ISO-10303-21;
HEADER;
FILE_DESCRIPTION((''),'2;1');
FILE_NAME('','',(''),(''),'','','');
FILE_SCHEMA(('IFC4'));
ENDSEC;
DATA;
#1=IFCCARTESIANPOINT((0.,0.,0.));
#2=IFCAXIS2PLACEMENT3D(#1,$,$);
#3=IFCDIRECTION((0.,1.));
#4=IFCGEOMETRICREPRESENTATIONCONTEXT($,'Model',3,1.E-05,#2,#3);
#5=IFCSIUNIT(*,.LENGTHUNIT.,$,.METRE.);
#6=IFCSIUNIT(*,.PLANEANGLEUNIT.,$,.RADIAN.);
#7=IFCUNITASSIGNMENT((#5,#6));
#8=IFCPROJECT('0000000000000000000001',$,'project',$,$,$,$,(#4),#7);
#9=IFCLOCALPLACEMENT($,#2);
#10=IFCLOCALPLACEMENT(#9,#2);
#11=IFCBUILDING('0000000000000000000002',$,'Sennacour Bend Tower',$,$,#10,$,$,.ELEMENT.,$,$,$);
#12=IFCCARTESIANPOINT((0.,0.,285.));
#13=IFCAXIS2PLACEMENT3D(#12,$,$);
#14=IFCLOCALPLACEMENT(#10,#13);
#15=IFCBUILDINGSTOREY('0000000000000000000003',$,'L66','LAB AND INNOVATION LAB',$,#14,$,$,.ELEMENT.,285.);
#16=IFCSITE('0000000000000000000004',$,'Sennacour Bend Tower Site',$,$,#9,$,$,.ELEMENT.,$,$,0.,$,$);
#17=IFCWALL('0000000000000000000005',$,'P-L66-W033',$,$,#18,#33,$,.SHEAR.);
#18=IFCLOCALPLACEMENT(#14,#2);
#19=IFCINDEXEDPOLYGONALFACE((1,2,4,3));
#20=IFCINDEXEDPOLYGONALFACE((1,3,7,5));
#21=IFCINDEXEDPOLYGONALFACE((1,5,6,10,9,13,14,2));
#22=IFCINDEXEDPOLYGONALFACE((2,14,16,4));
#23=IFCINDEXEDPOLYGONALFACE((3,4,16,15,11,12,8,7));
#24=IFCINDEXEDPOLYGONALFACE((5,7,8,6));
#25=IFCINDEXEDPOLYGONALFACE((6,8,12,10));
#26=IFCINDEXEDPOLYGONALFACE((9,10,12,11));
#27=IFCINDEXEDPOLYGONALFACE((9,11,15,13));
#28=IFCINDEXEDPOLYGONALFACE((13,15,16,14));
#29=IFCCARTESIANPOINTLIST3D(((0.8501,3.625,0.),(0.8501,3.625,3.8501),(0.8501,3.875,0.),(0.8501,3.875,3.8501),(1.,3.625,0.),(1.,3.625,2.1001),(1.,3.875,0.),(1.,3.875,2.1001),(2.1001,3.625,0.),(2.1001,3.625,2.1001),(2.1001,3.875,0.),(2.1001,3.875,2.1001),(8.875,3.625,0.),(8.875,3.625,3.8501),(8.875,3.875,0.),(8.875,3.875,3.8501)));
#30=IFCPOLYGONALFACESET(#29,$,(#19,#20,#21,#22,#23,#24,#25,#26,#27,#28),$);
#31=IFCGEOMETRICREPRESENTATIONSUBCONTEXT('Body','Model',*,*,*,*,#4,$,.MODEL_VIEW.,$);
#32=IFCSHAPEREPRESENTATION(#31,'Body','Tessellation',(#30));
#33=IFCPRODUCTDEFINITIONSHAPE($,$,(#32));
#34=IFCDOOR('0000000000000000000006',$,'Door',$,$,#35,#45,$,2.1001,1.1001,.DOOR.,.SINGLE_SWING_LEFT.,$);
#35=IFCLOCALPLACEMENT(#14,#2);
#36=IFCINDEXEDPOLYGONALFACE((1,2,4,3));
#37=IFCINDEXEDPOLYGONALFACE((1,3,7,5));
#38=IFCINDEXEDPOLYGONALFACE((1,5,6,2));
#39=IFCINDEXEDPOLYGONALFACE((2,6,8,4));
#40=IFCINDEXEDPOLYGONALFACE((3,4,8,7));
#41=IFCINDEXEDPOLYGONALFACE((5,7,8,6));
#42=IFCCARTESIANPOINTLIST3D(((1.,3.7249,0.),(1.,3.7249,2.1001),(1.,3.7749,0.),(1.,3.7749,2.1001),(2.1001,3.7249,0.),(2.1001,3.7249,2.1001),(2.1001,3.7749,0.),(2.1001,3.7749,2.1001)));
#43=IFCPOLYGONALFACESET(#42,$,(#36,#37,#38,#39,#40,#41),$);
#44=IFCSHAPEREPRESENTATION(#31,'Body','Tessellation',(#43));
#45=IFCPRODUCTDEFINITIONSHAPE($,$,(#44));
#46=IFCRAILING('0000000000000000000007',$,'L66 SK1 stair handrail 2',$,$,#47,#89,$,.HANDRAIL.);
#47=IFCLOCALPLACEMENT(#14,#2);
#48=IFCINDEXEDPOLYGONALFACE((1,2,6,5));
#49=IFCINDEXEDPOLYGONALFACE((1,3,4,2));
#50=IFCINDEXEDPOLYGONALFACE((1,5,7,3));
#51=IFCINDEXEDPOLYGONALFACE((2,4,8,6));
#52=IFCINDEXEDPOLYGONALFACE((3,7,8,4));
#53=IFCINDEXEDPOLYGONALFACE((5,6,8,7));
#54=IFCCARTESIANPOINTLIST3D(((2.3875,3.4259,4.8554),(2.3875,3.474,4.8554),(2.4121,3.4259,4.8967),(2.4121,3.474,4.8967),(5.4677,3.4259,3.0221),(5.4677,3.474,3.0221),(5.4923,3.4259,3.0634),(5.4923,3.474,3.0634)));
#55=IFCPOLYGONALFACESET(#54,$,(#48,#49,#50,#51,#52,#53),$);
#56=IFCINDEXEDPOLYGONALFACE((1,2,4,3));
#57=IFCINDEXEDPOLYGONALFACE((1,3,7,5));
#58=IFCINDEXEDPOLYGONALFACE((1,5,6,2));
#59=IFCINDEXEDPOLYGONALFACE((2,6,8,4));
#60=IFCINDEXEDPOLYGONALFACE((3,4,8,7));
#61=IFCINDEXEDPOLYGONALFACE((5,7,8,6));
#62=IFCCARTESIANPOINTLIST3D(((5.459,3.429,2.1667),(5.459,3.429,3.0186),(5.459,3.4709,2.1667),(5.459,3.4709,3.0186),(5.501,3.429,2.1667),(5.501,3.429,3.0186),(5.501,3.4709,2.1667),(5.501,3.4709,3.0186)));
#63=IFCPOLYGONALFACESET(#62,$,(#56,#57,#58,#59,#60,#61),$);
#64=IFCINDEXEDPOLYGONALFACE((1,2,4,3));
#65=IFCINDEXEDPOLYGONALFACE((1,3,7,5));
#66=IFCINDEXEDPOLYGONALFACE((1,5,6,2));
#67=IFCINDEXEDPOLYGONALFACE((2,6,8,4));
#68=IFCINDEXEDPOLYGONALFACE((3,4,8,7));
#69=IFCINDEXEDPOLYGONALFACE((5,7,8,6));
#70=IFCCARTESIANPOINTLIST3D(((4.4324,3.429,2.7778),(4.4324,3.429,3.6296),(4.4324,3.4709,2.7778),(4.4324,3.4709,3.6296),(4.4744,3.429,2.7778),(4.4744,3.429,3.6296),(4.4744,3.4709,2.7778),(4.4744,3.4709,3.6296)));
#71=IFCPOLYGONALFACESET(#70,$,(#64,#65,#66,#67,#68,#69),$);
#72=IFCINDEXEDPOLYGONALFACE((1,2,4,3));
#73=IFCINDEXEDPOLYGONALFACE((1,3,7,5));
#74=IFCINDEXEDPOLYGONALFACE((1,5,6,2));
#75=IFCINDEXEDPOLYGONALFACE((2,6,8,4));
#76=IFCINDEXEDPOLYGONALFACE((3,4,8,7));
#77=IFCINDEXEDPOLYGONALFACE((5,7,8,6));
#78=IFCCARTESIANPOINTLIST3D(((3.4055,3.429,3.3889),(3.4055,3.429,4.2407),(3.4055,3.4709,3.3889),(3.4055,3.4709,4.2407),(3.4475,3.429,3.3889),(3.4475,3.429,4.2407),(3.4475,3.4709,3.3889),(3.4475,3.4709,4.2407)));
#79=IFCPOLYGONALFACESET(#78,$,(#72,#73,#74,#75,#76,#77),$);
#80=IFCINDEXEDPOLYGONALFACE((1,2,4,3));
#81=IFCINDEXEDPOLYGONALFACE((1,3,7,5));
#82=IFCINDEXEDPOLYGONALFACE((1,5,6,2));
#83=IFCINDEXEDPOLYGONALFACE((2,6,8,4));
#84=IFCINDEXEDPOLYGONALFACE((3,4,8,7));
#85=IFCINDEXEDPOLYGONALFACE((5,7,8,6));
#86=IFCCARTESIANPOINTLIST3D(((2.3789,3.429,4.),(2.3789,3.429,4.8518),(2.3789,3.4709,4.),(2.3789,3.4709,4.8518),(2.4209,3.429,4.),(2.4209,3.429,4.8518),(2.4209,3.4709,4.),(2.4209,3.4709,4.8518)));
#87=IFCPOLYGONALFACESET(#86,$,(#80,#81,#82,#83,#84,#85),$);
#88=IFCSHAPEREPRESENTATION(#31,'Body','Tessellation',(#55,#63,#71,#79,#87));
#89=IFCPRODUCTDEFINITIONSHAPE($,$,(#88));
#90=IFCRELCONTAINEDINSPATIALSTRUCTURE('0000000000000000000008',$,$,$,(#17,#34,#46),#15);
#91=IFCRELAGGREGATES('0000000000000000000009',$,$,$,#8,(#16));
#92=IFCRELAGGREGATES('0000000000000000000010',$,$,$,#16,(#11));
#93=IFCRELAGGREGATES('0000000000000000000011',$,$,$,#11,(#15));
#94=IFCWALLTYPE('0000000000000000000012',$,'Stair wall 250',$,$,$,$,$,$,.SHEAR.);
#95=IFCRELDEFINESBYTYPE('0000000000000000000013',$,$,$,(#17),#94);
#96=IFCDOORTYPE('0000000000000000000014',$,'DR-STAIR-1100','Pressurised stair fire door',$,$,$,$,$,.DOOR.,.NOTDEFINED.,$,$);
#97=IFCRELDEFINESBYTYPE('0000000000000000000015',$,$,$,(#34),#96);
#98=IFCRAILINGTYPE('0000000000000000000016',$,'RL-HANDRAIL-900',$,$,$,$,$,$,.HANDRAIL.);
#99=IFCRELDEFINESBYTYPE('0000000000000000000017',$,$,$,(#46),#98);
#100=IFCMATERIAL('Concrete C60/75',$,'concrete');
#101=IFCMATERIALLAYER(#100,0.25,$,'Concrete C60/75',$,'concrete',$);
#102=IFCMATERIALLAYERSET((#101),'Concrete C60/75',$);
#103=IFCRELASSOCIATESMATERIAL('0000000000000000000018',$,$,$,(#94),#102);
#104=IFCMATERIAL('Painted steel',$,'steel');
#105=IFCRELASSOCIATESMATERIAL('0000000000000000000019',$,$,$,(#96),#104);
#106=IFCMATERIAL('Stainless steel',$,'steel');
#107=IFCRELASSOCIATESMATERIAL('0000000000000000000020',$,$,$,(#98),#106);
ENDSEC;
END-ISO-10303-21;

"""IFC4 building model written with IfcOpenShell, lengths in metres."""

from ifc_helpers import new_model, si_unit, direction, frame, frame_2d, origin, origin_2d, place, context, subcontext, project, spatial, rectangle, extrude, material, layer, layer_set, type_object, element, fill, save


model = new_model("IFC4")

# Units and contexts
model_context = context("Model", 3, precision=1e-05, world=origin(), true_north=direction((0.0, 1.0)))
body_context = subcontext(model_context, "Body", "Model", "MODEL_VIEW")
ifc_project = project(units=[si_unit("LENGTHUNIT", "METRE"), si_unit("PLANEANGLEUNIT", "RADIAN")], contexts=[model_context])

# Site, building, storey
site_placement = place(None, origin())
site = spatial("IfcSite", under=ifc_project, at=site_placement, Name="Sennacour Bend Tower Site", CompositionType="ELEMENT", RefElevation=0.0)
building_placement = place(site_placement, origin())
building = spatial("IfcBuilding", under=site, at=building_placement, Name="Sennacour Bend Tower", CompositionType="ELEMENT")
storey_placement = place(building_placement, frame((0.0, 0.0, 285.0)))
storey = spatial("IfcBuildingStorey", under=building, at=storey_placement, Name="L66", Description="LAB AND INNOVATION LAB", CompositionType="ELEMENT", Elevation=285.0)

# Wall, opening, door
ifc_material_1 = material(Name="Concrete C60/75", Category="concrete")
ifc_layer_1 = layer(ifc_material_1, 0.25, Name="Concrete C60/75", Category="concrete")
ifc_layer_set_1 = layer_set([ifc_layer_1], Name="Concrete C60/75")
wall_type_1 = type_object("IfcWallType", Name="Stair wall 250", PredefinedType="SHEAR", material=ifc_layer_set_1)
wall_1_placement = place(storey_placement, frame((0.8501, 3.75, 0.0), z_axis=(0.0, 0.0, 1.0), x_axis=(1.0, 0.0, 0.0)))
wall_1 = element("IfcWall", 1, at=wall_1_placement, inside=storey, type_object=wall_type_1, Name="P-L66-W033", PredefinedType="SHEAR", context=body_context, shape_type="SweptSolid", body=[
    extrude(rectangle(XDim=8.0249, YDim=0.25, at=frame_2d((4.0125, 0.0))), origin(), (0.0, 0.0, 1.0), 3.8501),
])
opening_1_placement = place(wall_1_placement, frame((0.1499, 0.0, 0.0)))
opening_1 = element("IfcOpeningElement", 2, at=opening_1_placement, cuts=wall_1, PredefinedType="OPENING", context=body_context, shape_type="SweptSolid", body=[
    extrude(rectangle(XDim=1.1001, YDim=2.1001, at=frame_2d((0.55, 1.05))), frame((0.0, 0.135, 0.0), z_axis=(0.0, -1.0, 0.0), x_axis=(1.0, 0.0, 0.0)), (0.0, 0.0, 1.0), 0.27),
])
ifc_material_2 = material(Name="Painted steel", Category="steel")
door_type = type_object("IfcDoorType", Name="DR-STAIR-1100", Description="Pressurised stair fire door", OperationType="NOTDEFINED", PredefinedType="DOOR", material=ifc_material_2)
door_placement = place(opening_1_placement, origin())
door = element("IfcDoor", 3, at=door_placement, inside=storey, type_object=door_type, Name="Door", OperationType="SINGLE_SWING_LEFT", OverallHeight=2.1001, OverallWidth=1.1001, PredefinedType="DOOR", context=body_context, shape_type="SweptSolid", body=[
    extrude(rectangle(XDim=1.1001, YDim=2.1001, at=frame_2d((0.55, 1.05))), frame((0.0, 0.0249, 0.0), z_axis=(0.0, -1.0, 0.0), x_axis=(1.0, 0.0, 0.0)), (0.0, 0.0, 1.0), 0.05),
])
fill(opening_1, door)

# Railing
ifc_material_3 = material(Name="Stainless steel", Category="steel")
railing_type = type_object("IfcRailingType", Name="RL-HANDRAIL-900", PredefinedType="HANDRAIL", material=ifc_material_3)
railing_placement = place(storey_placement, frame((5.48, 3.45, 2.1667)))
element("IfcRailing", 4, at=railing_placement, inside=storey, type_object=railing_type, Name="L66 SK1 stair handrail 2", PredefinedType="HANDRAIL", context=body_context, shape_type="SweptSolid", body=[
    extrude(rectangle(XDim=0.0481, YDim=0.0481, at=origin_2d()), frame((0.0, 0.0, 0.876), z_axis=(-0.859309, 0.0, 0.511458), x_axis=(0.0, -1.0, 0.0)), (0.0, 0.0, 1.0), 3.5845),
    extrude(rectangle(XDim=0.042, YDim=0.042, at=origin_2d()), origin(), (0.0, 0.0, 1.0), 0.8518),
    extrude(rectangle(XDim=0.042, YDim=0.042, at=origin_2d()), frame((-1.0266, 0.0, 0.6111)), (0.0, 0.0, 1.0), 0.8518),
    extrude(rectangle(XDim=0.042, YDim=0.042, at=origin_2d()), frame((-2.0535, 0.0, 1.2222)), (0.0, 0.0, 1.0), 0.8518),
    extrude(rectangle(XDim=0.042, YDim=0.042, at=origin_2d()), frame((-3.0801, 0.0, 1.8333)), (0.0, 0.0, 1.0), 0.8518),
])

save(model, "model.ifc")
